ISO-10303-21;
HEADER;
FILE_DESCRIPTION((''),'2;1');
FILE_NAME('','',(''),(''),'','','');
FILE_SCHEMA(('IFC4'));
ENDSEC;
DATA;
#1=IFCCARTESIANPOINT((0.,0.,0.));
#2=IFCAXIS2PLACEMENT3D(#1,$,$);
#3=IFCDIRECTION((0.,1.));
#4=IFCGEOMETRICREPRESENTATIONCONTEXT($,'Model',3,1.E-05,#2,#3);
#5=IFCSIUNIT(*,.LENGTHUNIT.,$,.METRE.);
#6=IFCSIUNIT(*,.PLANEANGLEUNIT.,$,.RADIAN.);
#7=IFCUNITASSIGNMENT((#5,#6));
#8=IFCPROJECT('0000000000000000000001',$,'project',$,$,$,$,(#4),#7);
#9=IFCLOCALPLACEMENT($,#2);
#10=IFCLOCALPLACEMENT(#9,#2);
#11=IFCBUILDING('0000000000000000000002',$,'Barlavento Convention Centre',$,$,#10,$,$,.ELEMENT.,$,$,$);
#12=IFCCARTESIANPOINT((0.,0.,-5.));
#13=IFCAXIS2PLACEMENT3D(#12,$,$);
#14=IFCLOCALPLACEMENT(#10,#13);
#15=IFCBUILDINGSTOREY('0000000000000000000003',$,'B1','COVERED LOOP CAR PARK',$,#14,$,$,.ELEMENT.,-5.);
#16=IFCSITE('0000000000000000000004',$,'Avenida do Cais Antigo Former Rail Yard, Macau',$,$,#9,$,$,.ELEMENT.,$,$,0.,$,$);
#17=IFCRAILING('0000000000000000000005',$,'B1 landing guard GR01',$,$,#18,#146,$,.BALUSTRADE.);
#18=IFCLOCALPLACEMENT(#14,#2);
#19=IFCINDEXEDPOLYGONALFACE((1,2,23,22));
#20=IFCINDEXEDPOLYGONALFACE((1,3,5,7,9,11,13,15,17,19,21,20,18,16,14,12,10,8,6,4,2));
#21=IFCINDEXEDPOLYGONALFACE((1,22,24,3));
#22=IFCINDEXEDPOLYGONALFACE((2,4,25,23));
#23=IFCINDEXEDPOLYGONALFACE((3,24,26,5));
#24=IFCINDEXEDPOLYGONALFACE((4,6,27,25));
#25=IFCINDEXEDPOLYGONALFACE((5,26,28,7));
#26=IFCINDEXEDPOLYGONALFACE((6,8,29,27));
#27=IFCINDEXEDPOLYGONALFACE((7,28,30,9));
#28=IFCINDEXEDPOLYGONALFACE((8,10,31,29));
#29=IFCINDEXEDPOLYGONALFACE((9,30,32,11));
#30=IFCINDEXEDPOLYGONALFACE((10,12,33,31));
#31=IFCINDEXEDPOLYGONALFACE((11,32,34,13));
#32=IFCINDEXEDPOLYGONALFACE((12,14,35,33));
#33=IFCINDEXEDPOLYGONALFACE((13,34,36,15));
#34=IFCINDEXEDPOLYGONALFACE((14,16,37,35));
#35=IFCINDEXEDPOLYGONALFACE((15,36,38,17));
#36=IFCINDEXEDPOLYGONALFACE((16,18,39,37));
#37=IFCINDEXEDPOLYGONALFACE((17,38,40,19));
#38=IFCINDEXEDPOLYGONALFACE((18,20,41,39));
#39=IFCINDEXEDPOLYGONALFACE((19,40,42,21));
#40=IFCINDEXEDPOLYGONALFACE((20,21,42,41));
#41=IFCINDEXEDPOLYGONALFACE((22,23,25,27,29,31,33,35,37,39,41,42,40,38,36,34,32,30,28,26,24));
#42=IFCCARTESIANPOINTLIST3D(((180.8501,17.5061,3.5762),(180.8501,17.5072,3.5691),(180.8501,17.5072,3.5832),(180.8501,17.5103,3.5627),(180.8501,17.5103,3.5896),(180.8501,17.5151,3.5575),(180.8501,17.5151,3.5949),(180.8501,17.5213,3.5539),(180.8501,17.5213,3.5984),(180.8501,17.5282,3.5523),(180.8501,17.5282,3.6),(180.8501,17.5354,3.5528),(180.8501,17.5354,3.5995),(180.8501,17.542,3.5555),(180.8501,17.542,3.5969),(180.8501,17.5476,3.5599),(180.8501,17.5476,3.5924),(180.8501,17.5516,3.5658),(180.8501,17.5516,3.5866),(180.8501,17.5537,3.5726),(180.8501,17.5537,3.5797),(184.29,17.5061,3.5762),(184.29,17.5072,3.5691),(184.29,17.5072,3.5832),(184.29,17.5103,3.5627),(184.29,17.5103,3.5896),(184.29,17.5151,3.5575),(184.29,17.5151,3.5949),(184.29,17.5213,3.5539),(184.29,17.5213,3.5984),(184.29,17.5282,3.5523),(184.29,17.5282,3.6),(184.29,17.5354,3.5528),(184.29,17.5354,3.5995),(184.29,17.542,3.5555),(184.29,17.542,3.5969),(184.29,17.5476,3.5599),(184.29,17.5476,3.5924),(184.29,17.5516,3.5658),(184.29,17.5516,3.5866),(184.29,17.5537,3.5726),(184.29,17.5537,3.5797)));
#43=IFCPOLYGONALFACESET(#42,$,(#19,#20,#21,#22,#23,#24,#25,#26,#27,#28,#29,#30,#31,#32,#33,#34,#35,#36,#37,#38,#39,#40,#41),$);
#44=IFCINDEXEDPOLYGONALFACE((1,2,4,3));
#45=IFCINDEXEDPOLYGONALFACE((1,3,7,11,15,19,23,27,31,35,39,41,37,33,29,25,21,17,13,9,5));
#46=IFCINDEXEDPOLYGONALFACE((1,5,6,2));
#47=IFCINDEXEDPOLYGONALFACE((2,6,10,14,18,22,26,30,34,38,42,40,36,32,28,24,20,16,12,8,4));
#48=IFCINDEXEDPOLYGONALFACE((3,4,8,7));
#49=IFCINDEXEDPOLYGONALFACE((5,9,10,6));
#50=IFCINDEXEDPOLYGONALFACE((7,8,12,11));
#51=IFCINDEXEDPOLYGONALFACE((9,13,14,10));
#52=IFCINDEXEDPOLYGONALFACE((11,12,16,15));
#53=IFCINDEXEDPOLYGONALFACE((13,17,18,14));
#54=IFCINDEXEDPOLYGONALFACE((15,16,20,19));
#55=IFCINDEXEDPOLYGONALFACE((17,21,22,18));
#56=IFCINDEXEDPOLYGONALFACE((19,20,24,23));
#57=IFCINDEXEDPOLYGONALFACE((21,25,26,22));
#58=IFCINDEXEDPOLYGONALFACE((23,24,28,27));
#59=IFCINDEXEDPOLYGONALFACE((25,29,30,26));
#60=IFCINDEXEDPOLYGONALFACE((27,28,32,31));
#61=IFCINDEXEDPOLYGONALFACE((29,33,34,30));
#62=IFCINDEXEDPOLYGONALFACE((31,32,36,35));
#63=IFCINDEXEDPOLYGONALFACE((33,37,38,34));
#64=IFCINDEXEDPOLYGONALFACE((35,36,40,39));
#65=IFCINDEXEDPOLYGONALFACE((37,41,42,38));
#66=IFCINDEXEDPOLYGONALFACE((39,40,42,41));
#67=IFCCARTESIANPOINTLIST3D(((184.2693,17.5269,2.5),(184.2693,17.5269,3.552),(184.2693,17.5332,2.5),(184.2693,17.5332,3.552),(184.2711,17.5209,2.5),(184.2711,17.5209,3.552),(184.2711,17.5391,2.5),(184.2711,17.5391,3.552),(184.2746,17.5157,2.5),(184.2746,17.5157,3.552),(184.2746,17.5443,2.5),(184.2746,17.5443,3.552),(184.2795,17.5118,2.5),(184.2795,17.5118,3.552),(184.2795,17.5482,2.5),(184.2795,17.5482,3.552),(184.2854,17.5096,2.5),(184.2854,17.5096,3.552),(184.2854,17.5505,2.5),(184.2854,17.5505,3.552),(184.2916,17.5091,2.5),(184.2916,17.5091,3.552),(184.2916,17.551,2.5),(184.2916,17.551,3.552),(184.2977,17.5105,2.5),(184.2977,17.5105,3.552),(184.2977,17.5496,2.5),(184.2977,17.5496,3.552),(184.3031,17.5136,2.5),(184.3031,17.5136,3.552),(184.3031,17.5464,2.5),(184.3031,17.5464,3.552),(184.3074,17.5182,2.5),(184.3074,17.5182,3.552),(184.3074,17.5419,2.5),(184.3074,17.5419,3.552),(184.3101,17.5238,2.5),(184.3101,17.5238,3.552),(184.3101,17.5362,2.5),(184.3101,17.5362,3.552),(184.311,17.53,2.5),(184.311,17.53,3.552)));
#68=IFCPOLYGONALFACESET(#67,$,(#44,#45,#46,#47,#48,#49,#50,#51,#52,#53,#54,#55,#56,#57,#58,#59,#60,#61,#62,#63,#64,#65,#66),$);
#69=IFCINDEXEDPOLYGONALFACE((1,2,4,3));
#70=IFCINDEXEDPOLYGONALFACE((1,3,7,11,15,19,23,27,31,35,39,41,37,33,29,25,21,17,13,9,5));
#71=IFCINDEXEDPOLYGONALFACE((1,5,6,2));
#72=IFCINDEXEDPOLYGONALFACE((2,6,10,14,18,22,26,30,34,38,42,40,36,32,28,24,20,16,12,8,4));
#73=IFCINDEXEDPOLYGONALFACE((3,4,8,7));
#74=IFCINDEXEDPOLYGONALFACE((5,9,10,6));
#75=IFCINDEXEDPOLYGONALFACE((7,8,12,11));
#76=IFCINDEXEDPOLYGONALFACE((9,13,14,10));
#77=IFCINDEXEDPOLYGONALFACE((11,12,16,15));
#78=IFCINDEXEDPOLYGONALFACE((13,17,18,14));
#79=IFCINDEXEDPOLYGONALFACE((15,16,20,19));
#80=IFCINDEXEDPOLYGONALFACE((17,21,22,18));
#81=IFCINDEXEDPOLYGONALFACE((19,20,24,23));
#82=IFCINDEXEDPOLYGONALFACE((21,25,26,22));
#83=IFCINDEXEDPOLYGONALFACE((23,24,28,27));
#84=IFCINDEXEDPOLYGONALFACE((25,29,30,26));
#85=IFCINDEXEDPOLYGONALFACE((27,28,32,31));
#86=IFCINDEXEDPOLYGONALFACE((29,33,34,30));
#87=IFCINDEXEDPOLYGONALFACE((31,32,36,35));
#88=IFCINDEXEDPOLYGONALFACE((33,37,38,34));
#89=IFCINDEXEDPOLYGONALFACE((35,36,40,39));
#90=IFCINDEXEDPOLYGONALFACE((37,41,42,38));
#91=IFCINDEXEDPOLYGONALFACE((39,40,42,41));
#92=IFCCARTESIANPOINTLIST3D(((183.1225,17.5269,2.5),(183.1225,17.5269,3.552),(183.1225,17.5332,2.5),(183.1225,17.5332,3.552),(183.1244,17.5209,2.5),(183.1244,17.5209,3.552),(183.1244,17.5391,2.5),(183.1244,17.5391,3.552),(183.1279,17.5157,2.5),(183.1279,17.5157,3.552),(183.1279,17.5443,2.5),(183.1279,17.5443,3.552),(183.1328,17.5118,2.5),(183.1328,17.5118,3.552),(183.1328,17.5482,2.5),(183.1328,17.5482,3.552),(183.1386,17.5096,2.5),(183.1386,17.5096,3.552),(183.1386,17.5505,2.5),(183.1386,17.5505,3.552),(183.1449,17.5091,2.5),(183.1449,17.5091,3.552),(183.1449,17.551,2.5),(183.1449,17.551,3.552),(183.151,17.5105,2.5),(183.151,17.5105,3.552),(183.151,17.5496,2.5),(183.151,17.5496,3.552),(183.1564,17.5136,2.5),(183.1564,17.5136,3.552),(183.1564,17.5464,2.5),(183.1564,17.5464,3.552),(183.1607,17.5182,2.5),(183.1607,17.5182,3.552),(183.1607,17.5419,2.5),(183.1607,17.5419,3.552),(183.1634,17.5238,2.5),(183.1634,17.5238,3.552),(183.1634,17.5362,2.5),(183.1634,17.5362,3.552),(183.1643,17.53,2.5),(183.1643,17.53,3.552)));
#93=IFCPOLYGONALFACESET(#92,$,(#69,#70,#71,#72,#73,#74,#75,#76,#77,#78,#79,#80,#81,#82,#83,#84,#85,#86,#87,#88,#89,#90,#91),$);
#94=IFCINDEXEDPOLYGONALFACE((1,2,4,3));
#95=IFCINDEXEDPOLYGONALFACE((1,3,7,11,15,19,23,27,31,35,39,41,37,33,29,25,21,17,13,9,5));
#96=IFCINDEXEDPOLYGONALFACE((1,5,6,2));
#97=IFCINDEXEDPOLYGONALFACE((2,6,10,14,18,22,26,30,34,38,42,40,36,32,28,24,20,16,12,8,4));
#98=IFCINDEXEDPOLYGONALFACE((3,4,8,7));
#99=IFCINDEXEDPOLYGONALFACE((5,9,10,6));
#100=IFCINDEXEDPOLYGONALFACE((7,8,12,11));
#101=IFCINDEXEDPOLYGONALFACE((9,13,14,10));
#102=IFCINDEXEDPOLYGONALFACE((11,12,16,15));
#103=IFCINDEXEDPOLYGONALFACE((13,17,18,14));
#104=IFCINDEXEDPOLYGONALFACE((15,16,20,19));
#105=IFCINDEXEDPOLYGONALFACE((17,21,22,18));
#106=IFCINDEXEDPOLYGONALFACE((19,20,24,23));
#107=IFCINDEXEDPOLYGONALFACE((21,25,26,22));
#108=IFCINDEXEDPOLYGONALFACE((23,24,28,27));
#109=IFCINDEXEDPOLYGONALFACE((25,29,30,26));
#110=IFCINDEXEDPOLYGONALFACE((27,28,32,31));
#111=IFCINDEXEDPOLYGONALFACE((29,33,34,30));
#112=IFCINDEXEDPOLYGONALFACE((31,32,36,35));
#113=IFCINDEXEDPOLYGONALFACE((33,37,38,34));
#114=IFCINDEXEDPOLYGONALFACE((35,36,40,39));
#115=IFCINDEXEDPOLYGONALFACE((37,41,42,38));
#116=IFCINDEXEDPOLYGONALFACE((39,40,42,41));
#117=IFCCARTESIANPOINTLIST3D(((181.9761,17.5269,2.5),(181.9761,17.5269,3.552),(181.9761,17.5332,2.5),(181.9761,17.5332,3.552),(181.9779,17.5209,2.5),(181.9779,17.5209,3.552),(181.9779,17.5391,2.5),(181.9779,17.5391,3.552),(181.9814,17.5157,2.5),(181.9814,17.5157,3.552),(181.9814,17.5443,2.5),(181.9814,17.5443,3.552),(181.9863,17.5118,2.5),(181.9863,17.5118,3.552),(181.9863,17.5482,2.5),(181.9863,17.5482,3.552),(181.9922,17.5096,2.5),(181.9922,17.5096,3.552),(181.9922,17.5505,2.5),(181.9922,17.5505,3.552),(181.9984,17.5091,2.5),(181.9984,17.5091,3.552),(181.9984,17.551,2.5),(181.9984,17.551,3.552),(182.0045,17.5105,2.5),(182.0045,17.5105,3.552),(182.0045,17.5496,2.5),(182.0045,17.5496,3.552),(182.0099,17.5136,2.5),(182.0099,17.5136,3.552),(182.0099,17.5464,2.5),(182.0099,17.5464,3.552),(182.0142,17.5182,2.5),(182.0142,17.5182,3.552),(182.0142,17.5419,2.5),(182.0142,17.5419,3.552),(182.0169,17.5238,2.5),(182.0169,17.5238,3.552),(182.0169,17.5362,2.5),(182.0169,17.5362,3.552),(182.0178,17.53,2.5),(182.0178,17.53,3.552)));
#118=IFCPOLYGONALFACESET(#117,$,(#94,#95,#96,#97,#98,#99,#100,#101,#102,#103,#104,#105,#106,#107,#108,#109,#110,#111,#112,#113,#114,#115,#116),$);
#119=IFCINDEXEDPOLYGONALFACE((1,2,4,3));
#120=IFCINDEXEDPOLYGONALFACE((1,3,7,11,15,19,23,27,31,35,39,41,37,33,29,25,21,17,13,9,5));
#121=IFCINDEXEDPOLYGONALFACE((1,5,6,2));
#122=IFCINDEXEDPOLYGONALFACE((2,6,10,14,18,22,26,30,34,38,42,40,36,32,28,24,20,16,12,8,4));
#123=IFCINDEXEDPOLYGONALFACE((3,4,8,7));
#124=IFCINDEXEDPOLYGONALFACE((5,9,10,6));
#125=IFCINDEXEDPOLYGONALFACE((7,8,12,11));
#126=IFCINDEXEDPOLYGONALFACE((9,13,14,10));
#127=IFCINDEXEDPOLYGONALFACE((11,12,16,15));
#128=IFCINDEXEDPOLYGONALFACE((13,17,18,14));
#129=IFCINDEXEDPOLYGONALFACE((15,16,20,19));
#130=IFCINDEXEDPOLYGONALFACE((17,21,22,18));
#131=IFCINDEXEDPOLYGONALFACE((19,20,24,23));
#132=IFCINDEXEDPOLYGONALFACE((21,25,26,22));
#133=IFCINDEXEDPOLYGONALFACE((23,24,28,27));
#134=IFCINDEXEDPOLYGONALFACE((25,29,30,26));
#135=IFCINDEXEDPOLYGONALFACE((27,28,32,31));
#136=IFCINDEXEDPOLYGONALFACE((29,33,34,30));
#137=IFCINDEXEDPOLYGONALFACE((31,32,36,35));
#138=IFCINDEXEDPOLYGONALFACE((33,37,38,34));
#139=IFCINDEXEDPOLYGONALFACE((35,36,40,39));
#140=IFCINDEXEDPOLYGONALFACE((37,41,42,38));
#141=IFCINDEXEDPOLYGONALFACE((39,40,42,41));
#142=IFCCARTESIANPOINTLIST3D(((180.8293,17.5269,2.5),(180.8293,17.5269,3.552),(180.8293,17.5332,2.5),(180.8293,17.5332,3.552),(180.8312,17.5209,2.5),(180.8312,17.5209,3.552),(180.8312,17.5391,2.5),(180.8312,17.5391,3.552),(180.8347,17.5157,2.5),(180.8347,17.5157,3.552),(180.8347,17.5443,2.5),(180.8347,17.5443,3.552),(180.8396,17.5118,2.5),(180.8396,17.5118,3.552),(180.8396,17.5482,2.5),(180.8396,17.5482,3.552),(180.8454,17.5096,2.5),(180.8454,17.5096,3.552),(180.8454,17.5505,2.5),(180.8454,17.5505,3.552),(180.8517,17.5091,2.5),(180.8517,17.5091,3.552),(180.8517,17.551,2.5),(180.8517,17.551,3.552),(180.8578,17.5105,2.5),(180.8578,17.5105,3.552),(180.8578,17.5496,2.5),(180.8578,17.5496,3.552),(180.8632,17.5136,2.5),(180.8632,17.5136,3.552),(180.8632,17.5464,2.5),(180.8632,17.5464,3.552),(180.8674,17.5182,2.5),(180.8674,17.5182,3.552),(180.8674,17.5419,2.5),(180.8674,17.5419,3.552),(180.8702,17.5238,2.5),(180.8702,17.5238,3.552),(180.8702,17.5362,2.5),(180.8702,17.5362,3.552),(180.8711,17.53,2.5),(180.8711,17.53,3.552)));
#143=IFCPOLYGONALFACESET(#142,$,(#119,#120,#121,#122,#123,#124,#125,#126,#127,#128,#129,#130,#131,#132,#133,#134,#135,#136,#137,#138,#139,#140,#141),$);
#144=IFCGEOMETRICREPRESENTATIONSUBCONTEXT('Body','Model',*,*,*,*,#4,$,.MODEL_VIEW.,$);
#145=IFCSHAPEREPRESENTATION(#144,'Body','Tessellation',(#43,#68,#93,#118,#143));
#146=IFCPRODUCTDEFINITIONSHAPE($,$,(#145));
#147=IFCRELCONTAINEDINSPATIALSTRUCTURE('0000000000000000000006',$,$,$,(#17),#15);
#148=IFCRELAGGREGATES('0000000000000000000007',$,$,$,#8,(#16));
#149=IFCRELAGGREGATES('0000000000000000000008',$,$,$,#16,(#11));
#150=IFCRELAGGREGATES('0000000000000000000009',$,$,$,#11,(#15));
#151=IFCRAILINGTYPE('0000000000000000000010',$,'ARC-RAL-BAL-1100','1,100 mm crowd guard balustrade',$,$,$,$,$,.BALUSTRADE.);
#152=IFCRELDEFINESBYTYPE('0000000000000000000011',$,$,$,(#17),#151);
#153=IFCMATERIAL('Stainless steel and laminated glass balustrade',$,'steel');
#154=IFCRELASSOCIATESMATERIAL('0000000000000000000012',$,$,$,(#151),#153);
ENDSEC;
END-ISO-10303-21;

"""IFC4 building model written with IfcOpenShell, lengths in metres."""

from ifc_helpers import new_model, si_unit, direction, frame, origin, origin_2d, place, context, subcontext, project, spatial, circle, extrude, material, type_object, element, save


model = new_model("IFC4")

# Units and contexts
model_context = context("Model", 3, precision=1e-05, world=origin(), true_north=direction((0.0, 1.0)))
body_context = subcontext(model_context, "Body", "Model", "MODEL_VIEW")
ifc_project = project(units=[si_unit("LENGTHUNIT", "METRE"), si_unit("PLANEANGLEUNIT", "RADIAN")], contexts=[model_context])

# Site, building, storey
site_placement = place(None, origin())
site = spatial("IfcSite", under=ifc_project, at=site_placement, Name="Avenida do Cais Antigo Former Rail Yard, Macau", CompositionType="ELEMENT", RefElevation=0.0)
building_placement = place(site_placement, origin())
building = spatial("IfcBuilding", under=site, at=building_placement, Name="Barlavento Convention Centre", CompositionType="ELEMENT")
storey_placement = place(building_placement, frame((0.0, 0.0, -5.0)))
storey = spatial("IfcBuildingStorey", under=building, at=storey_placement, Name="B1", Description="COVERED LOOP CAR PARK", CompositionType="ELEMENT", Elevation=-5.0)

# Railing
ifc_material_1 = material(Name="Stainless steel and laminated glass balustrade", Category="steel")
railing_type_1 = type_object("IfcRailingType", Name="ARC-RAL-BAL-1100", Description="1,100 mm crowd guard balustrade", PredefinedType="BALUSTRADE", material=ifc_material_1)
railing_1_placement = place(storey_placement, frame((184.29, 17.53, 2.5)))
element("IfcRailing", 1, at=railing_1_placement, inside=storey, type_object=railing_type_1, Name="B1 landing guard GR01", PredefinedType="BALUSTRADE", context=body_context, shape_type="SweptSolid", body=[
    extrude(circle(Radius=0.0239, at=origin_2d()), frame((0.0, 0.0, 1.0762), z_axis=(-1.0, 0.0, 0.0), x_axis=(0.0, -1.0, 0.0)), (0.0, 0.0, 1.0), 3.4399),
    extrude(circle(Radius=0.021, at=origin_2d()), origin(), (0.0, 0.0, 1.0), 1.052),
    extrude(circle(Radius=0.021, at=origin_2d()), frame((-1.1467, 0.0, 0.0)), (0.0, 0.0, 1.0), 1.052),
    extrude(circle(Radius=0.021, at=origin_2d()), frame((-2.2932, 0.0, 0.0)), (0.0, 0.0, 1.0), 1.052),
    extrude(circle(Radius=0.021, at=origin_2d()), frame((-3.4399, 0.0, 0.0)), (0.0, 0.0, 1.0), 1.052),
])

save(model, "model.ifc")
